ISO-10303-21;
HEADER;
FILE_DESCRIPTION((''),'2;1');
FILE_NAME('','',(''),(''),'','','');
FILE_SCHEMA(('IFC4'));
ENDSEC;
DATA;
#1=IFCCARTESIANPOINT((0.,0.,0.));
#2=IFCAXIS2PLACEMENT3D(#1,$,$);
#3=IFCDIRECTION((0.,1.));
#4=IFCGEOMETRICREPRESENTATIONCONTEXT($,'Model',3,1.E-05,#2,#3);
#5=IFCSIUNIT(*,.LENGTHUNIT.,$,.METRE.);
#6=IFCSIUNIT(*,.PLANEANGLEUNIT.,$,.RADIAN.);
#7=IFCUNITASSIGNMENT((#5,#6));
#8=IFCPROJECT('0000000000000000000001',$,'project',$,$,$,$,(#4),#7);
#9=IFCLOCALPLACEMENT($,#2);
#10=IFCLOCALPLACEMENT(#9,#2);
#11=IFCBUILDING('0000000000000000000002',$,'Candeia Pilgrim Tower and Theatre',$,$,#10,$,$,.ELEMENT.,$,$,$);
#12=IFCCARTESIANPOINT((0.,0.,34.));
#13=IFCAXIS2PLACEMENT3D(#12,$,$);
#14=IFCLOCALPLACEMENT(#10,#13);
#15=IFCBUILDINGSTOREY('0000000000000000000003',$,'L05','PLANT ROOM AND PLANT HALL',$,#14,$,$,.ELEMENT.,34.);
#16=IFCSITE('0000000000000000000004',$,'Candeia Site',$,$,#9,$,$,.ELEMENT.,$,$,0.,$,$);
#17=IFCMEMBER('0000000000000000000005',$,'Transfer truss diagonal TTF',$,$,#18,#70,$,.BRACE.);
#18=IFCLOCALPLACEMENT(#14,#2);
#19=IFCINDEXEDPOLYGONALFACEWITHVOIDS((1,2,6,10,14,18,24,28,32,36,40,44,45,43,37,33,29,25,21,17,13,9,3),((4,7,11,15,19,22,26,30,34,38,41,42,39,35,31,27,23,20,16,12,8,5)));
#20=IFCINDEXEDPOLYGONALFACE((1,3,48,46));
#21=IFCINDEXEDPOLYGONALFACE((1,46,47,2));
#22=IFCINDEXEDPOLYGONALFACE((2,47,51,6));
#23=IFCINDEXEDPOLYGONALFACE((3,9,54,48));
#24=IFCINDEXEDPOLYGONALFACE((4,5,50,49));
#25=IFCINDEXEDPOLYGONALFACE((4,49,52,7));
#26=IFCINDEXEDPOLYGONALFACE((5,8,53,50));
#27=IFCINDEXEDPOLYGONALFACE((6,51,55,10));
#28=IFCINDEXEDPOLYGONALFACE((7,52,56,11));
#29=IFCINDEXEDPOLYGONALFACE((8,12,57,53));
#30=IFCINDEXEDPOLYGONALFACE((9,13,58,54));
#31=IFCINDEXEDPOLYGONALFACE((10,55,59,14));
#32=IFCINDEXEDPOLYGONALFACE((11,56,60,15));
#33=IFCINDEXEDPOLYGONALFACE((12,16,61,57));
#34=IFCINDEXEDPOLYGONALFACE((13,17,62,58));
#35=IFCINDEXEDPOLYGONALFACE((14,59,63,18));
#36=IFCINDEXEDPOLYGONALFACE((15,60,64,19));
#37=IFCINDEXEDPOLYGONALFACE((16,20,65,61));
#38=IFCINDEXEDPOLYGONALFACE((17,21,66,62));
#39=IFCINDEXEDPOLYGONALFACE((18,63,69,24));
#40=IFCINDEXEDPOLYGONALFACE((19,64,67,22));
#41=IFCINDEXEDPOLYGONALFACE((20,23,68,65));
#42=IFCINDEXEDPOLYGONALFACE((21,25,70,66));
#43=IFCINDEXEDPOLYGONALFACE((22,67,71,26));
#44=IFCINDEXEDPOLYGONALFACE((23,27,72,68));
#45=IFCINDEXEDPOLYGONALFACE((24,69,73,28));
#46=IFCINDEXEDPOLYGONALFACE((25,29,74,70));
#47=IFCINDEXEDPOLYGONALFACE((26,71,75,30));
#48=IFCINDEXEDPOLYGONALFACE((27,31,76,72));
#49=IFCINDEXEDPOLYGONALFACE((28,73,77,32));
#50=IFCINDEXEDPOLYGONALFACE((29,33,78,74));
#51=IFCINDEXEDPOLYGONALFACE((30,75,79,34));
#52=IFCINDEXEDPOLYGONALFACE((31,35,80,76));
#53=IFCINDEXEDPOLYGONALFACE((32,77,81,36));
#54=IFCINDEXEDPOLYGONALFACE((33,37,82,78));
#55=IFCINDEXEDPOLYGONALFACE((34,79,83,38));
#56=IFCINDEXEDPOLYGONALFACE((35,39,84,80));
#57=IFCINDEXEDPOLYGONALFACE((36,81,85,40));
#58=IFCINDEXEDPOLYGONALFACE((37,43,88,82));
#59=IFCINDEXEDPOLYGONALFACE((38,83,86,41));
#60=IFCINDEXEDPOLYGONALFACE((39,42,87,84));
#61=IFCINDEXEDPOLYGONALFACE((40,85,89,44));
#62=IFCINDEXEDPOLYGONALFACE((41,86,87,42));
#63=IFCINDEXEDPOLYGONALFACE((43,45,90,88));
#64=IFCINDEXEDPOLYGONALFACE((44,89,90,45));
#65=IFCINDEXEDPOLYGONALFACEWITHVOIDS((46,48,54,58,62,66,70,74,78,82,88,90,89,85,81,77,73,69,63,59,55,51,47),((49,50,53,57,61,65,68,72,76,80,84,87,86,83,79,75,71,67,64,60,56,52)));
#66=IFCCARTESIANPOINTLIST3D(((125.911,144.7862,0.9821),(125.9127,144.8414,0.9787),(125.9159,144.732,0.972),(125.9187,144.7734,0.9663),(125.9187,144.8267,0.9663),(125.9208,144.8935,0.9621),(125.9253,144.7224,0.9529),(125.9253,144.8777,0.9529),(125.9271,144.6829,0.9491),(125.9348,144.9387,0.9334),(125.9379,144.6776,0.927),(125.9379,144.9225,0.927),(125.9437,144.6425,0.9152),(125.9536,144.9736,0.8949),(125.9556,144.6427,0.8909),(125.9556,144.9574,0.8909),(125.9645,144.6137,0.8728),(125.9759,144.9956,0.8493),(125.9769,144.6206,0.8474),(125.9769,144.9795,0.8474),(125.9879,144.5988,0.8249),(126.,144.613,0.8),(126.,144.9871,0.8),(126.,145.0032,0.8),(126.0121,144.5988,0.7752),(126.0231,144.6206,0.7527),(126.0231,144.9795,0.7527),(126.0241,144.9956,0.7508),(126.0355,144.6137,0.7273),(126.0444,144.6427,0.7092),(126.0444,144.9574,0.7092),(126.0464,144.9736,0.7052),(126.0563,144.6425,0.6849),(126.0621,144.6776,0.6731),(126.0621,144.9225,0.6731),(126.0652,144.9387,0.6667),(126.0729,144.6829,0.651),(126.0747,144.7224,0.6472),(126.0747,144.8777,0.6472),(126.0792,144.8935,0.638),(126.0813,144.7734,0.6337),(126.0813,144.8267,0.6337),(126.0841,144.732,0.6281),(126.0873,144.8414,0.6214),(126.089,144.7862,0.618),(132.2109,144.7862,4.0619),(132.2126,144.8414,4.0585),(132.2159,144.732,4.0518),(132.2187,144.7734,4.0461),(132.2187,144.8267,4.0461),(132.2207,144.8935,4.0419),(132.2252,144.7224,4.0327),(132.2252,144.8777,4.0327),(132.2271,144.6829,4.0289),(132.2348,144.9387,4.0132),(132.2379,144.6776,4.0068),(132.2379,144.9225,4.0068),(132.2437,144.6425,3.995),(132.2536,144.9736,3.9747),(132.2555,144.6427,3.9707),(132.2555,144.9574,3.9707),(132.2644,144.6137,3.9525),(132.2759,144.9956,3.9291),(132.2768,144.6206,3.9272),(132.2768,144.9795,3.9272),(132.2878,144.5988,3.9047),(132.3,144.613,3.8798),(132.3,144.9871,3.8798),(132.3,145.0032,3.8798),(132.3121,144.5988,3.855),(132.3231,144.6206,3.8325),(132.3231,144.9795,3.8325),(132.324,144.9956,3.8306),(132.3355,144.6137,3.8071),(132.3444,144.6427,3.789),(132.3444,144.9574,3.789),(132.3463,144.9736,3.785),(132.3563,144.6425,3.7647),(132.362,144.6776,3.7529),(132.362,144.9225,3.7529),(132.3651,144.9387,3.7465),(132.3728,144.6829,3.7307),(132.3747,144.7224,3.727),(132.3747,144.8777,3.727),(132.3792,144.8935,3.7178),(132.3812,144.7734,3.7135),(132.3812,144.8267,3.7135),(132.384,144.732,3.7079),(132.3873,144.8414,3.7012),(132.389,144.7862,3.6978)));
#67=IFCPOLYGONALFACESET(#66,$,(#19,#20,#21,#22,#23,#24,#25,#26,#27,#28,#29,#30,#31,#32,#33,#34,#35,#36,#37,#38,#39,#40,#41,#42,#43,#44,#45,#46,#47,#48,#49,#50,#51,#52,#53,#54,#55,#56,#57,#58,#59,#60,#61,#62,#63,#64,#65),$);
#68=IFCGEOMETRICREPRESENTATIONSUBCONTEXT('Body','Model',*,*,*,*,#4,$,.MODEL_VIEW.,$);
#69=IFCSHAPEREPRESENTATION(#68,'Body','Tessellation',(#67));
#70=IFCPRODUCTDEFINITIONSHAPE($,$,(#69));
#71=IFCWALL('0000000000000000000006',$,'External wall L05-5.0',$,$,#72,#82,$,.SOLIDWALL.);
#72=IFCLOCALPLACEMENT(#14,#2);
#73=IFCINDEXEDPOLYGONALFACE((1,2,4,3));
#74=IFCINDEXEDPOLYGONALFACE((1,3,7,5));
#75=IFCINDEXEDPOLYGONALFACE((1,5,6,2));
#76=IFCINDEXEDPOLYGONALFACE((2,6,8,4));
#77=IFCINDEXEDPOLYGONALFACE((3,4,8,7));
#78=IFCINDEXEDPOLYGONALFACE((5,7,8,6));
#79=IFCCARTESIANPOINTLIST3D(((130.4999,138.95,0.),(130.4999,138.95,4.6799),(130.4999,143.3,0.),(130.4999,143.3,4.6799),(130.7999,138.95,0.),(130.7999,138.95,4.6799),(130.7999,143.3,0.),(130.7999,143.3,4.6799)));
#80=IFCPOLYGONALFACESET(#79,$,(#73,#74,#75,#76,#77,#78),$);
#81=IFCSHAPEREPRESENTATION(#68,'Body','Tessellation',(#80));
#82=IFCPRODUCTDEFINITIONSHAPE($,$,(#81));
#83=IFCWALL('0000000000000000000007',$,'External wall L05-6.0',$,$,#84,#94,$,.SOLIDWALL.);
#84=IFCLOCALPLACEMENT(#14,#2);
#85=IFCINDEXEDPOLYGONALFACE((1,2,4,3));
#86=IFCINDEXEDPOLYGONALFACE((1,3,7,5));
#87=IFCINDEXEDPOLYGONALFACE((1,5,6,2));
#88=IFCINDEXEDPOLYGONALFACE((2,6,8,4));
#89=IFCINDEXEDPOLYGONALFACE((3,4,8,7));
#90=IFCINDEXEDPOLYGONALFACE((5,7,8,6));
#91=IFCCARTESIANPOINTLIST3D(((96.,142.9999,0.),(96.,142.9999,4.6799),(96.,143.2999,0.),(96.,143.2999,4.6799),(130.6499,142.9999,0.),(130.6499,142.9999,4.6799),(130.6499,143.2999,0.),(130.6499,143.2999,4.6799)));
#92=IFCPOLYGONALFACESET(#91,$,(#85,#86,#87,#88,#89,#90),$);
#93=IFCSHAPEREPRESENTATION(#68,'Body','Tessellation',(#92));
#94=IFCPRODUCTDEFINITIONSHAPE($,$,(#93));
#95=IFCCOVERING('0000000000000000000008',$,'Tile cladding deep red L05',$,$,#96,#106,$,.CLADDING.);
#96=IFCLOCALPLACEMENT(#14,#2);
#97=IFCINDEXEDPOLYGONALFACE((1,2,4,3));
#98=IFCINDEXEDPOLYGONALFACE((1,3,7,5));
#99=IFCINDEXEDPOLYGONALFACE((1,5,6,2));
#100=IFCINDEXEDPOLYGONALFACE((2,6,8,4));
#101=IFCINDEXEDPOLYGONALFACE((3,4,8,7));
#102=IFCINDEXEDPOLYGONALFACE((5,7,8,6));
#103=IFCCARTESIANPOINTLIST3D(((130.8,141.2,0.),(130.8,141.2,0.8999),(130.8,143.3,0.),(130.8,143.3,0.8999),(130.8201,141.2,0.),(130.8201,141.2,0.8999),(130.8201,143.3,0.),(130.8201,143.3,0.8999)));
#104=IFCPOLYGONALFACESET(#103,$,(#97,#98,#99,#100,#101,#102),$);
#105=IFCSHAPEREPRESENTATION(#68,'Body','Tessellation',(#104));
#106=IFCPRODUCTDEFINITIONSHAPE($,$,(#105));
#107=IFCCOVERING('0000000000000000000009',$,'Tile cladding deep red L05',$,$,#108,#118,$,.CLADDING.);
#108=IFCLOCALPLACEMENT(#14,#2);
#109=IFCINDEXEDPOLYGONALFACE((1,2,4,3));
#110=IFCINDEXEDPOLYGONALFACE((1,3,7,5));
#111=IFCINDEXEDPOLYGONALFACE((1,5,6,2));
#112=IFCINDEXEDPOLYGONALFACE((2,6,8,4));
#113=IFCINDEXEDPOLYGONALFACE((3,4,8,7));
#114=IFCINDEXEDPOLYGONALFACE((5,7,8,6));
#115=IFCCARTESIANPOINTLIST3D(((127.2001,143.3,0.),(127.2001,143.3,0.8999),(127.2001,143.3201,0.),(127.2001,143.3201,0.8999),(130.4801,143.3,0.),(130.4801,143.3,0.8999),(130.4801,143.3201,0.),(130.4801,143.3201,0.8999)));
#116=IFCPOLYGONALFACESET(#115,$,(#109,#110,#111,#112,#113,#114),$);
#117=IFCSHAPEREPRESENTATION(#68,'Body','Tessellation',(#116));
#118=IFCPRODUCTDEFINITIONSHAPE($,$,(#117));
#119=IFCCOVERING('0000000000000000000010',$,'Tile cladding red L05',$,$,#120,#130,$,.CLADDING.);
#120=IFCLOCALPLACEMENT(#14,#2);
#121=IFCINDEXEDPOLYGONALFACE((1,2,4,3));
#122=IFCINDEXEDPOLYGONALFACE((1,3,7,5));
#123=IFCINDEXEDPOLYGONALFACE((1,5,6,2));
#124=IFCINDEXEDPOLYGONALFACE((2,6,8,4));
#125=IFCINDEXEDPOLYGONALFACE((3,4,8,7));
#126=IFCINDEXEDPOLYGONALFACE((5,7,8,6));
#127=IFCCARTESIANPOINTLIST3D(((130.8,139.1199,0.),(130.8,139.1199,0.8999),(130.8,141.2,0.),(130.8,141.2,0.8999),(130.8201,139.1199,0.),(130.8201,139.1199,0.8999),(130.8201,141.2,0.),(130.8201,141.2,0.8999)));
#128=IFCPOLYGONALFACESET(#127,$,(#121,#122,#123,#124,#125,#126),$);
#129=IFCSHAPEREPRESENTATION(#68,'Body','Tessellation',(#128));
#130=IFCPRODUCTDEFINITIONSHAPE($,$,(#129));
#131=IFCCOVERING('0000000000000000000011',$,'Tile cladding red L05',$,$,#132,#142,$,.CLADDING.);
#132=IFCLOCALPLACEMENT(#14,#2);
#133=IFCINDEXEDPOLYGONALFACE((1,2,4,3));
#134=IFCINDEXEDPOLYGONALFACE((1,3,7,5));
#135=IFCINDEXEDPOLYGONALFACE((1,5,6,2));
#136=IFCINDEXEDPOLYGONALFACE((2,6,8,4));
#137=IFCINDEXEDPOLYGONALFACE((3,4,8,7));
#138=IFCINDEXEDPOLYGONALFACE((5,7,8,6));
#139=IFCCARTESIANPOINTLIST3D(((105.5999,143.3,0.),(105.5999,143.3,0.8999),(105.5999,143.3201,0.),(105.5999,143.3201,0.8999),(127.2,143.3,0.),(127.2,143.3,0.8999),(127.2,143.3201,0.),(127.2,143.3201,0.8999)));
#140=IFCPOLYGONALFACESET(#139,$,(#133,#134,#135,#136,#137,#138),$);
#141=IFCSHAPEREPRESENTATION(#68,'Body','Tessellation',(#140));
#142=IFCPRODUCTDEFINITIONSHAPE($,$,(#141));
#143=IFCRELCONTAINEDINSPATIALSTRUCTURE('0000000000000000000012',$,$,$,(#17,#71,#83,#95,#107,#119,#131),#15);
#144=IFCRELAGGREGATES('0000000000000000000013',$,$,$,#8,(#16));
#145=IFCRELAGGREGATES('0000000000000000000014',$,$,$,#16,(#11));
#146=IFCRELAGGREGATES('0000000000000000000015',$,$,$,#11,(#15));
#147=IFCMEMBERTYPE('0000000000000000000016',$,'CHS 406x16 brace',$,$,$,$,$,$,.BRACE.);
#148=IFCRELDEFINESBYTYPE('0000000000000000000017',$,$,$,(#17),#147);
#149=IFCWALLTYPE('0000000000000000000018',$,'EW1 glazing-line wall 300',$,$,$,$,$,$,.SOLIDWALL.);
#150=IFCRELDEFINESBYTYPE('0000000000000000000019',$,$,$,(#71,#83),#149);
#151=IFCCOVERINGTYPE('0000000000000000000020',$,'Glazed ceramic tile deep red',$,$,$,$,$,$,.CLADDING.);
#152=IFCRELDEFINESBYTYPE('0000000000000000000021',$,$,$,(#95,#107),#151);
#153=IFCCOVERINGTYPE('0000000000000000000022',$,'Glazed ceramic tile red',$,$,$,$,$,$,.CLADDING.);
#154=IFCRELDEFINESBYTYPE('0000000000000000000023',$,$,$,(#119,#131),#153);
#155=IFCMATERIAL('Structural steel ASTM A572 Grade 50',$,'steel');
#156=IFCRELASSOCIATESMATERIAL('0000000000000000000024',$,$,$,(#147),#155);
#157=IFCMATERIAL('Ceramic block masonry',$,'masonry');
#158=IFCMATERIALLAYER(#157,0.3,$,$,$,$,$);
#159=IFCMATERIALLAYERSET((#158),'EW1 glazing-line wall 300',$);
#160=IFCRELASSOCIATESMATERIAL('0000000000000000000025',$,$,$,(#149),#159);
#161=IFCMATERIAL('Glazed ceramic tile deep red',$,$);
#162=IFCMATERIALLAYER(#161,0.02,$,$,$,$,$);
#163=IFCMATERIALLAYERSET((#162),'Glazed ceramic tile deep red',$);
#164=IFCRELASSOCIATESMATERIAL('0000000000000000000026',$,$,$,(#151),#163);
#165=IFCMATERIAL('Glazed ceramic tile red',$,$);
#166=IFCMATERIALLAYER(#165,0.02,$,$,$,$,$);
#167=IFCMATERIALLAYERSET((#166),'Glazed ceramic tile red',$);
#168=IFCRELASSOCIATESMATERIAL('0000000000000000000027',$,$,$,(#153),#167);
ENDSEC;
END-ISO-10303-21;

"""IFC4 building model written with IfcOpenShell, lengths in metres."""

from ifc_helpers import new_model, si_unit, direction, frame, frame_2d, origin, origin_2d, place, context, subcontext, project, spatial, rectangle, hollow_circle, extrude, material, layer, layer_set, material_profile, profile_set, type_object, element, save


model = new_model("IFC4")

# Units and contexts
model_context = context("Model", 3, precision=1e-05, world=origin(), true_north=direction((0.0, 1.0)))
body_context = subcontext(model_context, "Body", "Model", "MODEL_VIEW")
ifc_project = project(units=[si_unit("LENGTHUNIT", "METRE"), si_unit("PLANEANGLEUNIT", "RADIAN")], contexts=[model_context])

# Site, building, storey
site_placement = place(None, origin())
site = spatial("IfcSite", under=ifc_project, at=site_placement, Name="Candeia Site", CompositionType="ELEMENT", RefElevation=0.0)
building_placement = place(site_placement, origin())
building = spatial("IfcBuilding", under=site, at=building_placement, Name="Candeia Pilgrim Tower and Theatre", CompositionType="ELEMENT")
storey_placement = place(building_placement, frame((0.0, 0.0, 34.0)))
storey = spatial("IfcBuildingStorey", under=building, at=storey_placement, Name="L05", Description="PLANT ROOM AND PLANT HALL", CompositionType="ELEMENT", Elevation=34.0)

# Member
ifc_material_1 = material(Name="Structural steel ASTM A572 Grade 50", Category="steel")
ifc_material_profile_1 = material_profile(ifc_material_1, hollow_circle(Radius=0.2031, WallThickness=0.0161, at=origin_2d()))
ifc_profile_set_1 = profile_set([ifc_material_profile_1], Name="Structural steel ASTM A572 Grade 50")
member_type_1 = type_object("IfcMemberType", Name="CHS 406x16 brace", PredefinedType="BRACE", material=ifc_profile_set_1)
member_1_placement = place(storey_placement, frame((126.0, 144.8, 0.8), z_axis=(0.898395, 0.0, 0.439188), x_axis=(0.0, 1.0, 0.0)))
element("IfcMember", 1, at=member_1_placement, inside=storey, type_object=member_type_1, Name="Transfer truss diagonal TTF", PredefinedType="BRACE", context=body_context, shape_type="SweptSolid", body=[
    extrude(hollow_circle(Radius=0.2031, WallThickness=0.0161, at=origin_2d()), origin(), (0.0, 0.0, 1.0), 7.0125),
])

# Walls
ifc_material_2 = material(Name="Ceramic block masonry", Category="masonry")
ifc_layer_1 = layer(ifc_material_2, 0.3)
ifc_layer_set_1 = layer_set([ifc_layer_1], Name="EW1 glazing-line wall 300")
wall_type = type_object("IfcWallType", Name="EW1 glazing-line wall 300", PredefinedType="SOLIDWALL", material=ifc_layer_set_1)
wall_1_placement = place(storey_placement, frame((130.6499, 138.95, 0.0), z_axis=(0.0, 0.0, 1.0), x_axis=(0.0, 1.0, 0.0)))
element("IfcWall", 2, at=wall_1_placement, inside=storey, type_object=wall_type, Name="External wall L05-5.0", PredefinedType="SOLIDWALL", context=body_context, shape_type="SweptSolid", body=[
    extrude(rectangle(XDim=4.3501, YDim=0.3, at=frame_2d((2.175, 0.0))), origin(), (0.0, 0.0, 1.0), 4.6799),
])
wall_2_placement = place(storey_placement, frame((130.6499, 143.1499, 0.0), z_axis=(0.0, 0.0, 1.0), x_axis=(-1.0, 0.0, 0.0)))
element("IfcWall", 3, at=wall_2_placement, inside=storey, type_object=wall_type, Name="External wall L05-6.0", PredefinedType="SOLIDWALL", context=body_context, shape_type="SweptSolid", body=[
    extrude(rectangle(XDim=34.6499, YDim=0.3, at=frame_2d((17.325, 0.0))), origin(), (0.0, 0.0, 1.0), 4.6799),
])

# Coverings
ifc_material_3 = material(Name="Glazed ceramic tile deep red")
ifc_layer_2 = layer(ifc_material_3, 0.02)
ifc_layer_set_2 = layer_set([ifc_layer_2], Name="Glazed ceramic tile deep red")
covering_type_1 = type_object("IfcCoveringType", Name="Glazed ceramic tile deep red", PredefinedType="CLADDING", material=ifc_layer_set_2)
covering_1_placement = place(storey_placement, frame((130.8101, 142.25, 0.0), z_axis=(0.0, 0.0, 1.0), x_axis=(0.0, 1.0, 0.0)))
element("IfcCovering", 4, at=covering_1_placement, inside=storey, type_object=covering_type_1, Name="Tile cladding deep red L05", PredefinedType="CLADDING", context=body_context, shape_type="SweptSolid", body=[
    extrude(rectangle(XDim=2.1001, YDim=0.02, at=origin_2d()), origin(), (0.0, 0.0, 1.0), 0.8999),
])
covering_2_placement = place(storey_placement, frame((128.8401, 143.3101, 0.0), z_axis=(0.0, 0.0, 1.0), x_axis=(-1.0, 0.0, 0.0)))
element("IfcCovering", 5, at=covering_2_placement, inside=storey, type_object=covering_type_1, Name="Tile cladding deep red L05", PredefinedType="CLADDING", context=body_context, shape_type="SweptSolid", body=[
    extrude(rectangle(XDim=3.28, YDim=0.02, at=origin_2d()), origin(), (0.0, 0.0, 1.0), 0.8999),
])
ifc_material_4 = material(Name="Glazed ceramic tile red")
ifc_layer_3 = layer(ifc_material_4, 0.02)
ifc_layer_set_3 = layer_set([ifc_layer_3], Name="Glazed ceramic tile red")
covering_type_2 = type_object("IfcCoveringType", Name="Glazed ceramic tile red", PredefinedType="CLADDING", material=ifc_layer_set_3)
covering_3_placement = place(storey_placement, frame((130.8101, 140.1599, 0.0), z_axis=(0.0, 0.0, 1.0), x_axis=(0.0, 1.0, 0.0)))
element("IfcCovering", 6, at=covering_3_placement, inside=storey, type_object=covering_type_2, Name="Tile cladding red L05", PredefinedType="CLADDING", context=body_context, shape_type="SweptSolid", body=[
    extrude(rectangle(XDim=2.0801, YDim=0.02, at=origin_2d()), origin(), (0.0, 0.0, 1.0), 0.8999),
])
covering_4_placement = place(storey_placement, frame((116.3999, 143.3101, 0.0), z_axis=(0.0, 0.0, 1.0), x_axis=(-1.0, 0.0, 0.0)))
element("IfcCovering", 7, at=covering_4_placement, inside=storey, type_object=covering_type_2, Name="Tile cladding red L05", PredefinedType="CLADDING", context=body_context, shape_type="SweptSolid", body=[
    extrude(rectangle(XDim=21.6001, YDim=0.02, at=origin_2d()), origin(), (0.0, 0.0, 1.0), 0.8999),
])

save(model, "model.ifc")
